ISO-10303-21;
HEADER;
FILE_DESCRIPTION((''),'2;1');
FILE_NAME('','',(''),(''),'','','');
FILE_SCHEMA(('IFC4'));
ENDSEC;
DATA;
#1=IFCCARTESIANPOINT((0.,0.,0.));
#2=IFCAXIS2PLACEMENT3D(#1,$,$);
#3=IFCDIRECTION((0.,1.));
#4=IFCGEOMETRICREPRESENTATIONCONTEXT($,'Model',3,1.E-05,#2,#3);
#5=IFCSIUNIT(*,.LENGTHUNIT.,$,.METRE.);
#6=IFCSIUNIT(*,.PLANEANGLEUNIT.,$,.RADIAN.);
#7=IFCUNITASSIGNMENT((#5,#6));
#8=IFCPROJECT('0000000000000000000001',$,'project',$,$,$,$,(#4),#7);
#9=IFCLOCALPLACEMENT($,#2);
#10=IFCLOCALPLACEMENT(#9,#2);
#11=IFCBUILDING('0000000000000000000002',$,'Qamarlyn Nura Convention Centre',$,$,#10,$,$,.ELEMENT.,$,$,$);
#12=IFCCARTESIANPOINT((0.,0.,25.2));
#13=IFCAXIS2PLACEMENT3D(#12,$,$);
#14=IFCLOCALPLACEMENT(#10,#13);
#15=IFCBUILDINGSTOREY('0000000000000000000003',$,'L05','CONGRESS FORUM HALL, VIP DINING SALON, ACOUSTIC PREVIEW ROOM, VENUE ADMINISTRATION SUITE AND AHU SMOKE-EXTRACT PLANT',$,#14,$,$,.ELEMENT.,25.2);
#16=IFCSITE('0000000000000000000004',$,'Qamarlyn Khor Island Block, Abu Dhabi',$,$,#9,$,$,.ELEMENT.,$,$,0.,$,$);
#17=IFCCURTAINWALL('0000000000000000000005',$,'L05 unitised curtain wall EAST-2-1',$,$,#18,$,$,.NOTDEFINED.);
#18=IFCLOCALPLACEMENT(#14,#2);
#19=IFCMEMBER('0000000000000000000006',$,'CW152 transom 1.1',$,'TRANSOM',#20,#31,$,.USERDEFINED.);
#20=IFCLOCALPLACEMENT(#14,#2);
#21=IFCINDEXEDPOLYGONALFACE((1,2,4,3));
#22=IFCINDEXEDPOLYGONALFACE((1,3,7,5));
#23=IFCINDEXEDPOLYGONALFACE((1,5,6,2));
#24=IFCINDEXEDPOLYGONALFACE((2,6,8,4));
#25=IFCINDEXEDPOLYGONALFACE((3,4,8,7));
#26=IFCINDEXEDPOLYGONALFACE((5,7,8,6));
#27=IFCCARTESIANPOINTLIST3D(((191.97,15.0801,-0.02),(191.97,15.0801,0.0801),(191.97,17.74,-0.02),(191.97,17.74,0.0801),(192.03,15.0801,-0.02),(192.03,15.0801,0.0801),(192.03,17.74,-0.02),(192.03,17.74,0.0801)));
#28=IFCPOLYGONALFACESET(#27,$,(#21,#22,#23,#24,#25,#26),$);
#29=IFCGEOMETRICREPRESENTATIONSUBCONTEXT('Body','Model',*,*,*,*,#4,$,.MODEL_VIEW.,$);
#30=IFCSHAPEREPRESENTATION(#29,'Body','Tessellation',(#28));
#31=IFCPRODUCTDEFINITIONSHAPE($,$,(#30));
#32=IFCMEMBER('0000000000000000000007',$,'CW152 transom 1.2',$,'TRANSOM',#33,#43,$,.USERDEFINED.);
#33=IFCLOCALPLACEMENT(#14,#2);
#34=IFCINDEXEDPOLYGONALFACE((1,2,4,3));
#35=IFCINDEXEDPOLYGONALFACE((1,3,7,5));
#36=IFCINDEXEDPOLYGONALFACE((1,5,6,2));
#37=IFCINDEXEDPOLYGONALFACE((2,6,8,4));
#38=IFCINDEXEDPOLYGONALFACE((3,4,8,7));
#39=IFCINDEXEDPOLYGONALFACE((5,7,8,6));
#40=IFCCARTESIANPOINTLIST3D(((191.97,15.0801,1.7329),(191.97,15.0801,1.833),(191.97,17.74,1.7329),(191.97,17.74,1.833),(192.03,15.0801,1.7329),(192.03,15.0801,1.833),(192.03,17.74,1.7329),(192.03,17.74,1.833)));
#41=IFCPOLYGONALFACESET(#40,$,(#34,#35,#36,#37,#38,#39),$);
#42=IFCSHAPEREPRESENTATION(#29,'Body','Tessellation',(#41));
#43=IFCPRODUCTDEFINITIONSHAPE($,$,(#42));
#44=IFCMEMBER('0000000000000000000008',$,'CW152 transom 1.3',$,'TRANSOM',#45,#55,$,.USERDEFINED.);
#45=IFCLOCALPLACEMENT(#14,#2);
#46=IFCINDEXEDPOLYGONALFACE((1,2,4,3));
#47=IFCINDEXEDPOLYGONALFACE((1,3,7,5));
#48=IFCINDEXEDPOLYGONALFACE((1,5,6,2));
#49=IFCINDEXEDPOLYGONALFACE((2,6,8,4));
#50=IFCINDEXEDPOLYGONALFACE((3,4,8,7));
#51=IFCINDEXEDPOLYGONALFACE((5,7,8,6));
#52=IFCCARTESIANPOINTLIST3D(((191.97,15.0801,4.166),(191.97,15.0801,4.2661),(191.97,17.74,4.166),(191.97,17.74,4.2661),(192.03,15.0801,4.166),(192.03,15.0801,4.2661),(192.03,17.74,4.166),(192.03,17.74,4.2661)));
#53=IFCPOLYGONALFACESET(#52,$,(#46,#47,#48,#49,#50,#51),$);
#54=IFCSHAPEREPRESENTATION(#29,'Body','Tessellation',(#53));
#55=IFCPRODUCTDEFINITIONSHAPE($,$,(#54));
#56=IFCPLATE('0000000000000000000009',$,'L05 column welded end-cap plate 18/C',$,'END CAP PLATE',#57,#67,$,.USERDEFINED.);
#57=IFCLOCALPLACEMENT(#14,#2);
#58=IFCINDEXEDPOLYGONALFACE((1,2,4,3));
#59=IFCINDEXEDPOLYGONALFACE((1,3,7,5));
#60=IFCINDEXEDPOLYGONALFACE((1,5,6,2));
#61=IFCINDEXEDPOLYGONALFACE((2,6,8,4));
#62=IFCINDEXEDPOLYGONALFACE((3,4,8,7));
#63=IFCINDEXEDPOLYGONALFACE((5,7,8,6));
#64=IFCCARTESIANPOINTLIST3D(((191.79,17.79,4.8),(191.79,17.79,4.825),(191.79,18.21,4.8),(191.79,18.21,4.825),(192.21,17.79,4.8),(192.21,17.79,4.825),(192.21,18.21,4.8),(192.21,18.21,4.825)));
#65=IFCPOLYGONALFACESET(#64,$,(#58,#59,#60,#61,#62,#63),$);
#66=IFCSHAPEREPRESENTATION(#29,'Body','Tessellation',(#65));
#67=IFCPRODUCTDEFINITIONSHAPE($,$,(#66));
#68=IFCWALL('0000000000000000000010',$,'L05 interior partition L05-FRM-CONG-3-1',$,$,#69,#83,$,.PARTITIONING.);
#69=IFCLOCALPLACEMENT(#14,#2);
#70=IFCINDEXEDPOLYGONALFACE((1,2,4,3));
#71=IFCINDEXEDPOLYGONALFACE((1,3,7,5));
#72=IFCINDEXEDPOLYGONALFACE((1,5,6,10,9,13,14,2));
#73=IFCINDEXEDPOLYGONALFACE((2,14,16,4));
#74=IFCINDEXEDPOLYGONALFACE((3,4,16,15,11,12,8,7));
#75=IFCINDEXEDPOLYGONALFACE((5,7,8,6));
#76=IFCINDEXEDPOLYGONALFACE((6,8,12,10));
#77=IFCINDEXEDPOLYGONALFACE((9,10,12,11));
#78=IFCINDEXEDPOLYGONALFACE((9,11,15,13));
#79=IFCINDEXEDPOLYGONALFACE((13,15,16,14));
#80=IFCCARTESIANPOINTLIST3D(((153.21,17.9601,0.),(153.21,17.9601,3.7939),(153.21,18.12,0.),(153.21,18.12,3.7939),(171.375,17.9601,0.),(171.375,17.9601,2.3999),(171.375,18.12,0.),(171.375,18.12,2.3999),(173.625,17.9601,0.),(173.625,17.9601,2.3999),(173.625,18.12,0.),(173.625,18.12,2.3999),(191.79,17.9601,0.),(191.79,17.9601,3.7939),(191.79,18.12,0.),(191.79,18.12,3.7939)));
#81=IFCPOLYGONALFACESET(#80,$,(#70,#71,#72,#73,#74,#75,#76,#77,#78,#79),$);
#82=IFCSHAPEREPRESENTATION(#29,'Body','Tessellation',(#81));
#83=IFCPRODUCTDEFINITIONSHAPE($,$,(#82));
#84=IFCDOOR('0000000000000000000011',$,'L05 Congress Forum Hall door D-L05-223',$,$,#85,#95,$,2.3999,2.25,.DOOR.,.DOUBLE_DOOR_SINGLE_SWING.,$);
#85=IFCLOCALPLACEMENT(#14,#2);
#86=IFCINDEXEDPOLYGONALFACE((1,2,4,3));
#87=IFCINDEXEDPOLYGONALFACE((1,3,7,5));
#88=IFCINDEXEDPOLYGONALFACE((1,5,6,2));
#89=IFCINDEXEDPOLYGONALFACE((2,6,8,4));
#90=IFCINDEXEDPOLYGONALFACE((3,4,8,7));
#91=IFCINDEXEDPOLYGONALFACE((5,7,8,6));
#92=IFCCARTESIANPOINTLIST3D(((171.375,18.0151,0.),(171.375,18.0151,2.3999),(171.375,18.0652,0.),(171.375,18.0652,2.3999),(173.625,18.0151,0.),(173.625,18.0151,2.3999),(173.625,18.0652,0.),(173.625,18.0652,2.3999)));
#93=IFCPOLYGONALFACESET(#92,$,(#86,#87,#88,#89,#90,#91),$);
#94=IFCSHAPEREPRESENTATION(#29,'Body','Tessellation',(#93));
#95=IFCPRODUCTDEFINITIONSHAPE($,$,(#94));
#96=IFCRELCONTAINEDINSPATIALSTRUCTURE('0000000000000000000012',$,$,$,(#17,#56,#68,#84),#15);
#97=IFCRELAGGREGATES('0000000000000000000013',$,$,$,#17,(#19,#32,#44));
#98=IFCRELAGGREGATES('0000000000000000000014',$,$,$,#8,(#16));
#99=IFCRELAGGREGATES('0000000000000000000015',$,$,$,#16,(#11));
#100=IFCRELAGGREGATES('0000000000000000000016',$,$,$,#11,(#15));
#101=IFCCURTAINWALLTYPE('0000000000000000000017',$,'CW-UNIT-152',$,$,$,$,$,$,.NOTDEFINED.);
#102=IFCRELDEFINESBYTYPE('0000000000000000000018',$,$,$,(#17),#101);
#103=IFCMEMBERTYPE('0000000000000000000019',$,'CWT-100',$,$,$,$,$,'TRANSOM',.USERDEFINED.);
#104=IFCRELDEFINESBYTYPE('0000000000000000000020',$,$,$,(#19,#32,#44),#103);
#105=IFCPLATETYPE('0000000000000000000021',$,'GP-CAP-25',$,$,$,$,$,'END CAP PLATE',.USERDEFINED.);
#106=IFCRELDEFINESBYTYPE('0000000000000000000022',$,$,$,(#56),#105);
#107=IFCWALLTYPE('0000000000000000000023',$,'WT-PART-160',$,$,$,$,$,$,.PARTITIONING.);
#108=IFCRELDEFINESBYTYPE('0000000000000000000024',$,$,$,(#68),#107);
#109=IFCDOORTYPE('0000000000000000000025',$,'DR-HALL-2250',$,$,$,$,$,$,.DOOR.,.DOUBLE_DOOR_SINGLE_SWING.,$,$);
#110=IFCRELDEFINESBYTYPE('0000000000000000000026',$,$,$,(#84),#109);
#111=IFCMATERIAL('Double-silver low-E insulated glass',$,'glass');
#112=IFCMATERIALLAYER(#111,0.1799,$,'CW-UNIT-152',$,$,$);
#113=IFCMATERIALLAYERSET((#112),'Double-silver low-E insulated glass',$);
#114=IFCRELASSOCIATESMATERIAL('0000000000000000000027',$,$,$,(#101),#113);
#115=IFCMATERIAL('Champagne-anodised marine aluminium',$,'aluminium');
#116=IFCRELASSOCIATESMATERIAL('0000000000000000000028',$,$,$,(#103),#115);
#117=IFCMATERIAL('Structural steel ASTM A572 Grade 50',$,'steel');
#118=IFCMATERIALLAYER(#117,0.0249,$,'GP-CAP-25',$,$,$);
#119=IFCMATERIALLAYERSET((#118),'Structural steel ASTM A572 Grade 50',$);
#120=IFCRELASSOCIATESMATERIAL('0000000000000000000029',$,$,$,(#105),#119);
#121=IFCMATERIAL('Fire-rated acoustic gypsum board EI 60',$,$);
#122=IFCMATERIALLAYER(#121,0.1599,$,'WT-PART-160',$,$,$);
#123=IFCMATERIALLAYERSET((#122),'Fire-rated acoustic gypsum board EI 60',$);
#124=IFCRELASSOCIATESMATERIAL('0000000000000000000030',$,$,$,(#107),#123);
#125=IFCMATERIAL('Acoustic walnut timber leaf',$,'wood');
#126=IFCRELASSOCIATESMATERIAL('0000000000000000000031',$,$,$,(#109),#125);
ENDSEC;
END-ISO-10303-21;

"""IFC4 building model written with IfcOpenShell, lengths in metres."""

from ifc_helpers import new_model, si_unit, direction, frame, frame_2d, origin, origin_2d, place, context, subcontext, project, spatial, rectangle, extrude, material, layer, layer_set, material_profile, profile_set, type_object, element, fill, aggregate, save


model = new_model("IFC4")

# Units and contexts
model_context = context("Model", 3, precision=1e-05, world=origin(), true_north=direction((0.0, 1.0)))
body_context = subcontext(model_context, "Body", "Model", "MODEL_VIEW")
ifc_project = project(units=[si_unit("LENGTHUNIT", "METRE"), si_unit("PLANEANGLEUNIT", "RADIAN")], contexts=[model_context])

# Site, building, storey
site_placement = place(None, origin())
site = spatial("IfcSite", under=ifc_project, at=site_placement, Name="Qamarlyn Khor Island Block, Abu Dhabi", CompositionType="ELEMENT", RefElevation=0.0)
building_placement = place(site_placement, origin())
building = spatial("IfcBuilding", under=site, at=building_placement, Name="Qamarlyn Nura Convention Centre", CompositionType="ELEMENT")
storey_placement = place(building_placement, frame((0.0, 0.0, 25.2)))
storey = spatial("IfcBuildingStorey", under=building, at=storey_placement, Name="L05", Description="CONGRESS FORUM HALL, VIP DINING SALON, ACOUSTIC PREVIEW ROOM, VENUE ADMINISTRATION SUITE AND AHU SMOKE-EXTRACT PLANT", CompositionType="ELEMENT", Elevation=25.2)

# Curtain wall, members
ifc_material_1 = material(Name="Double-silver low-E insulated glass", Category="glass")
ifc_layer_1 = layer(ifc_material_1, 0.1799, Name="CW-UNIT-152")
ifc_layer_set_1 = layer_set([ifc_layer_1], Name="Double-silver low-E insulated glass")
curtain_wall_type = type_object("IfcCurtainWallType", Name="CW-UNIT-152", PredefinedType="NOTDEFINED", material=ifc_layer_set_1)
curtain_wall_placement = place(storey_placement, origin())
curtain_wall = element("IfcCurtainWall", 1, at=curtain_wall_placement, inside=storey, type_object=curtain_wall_type, Name="L05 unitised curtain wall EAST-2-1", PredefinedType="NOTDEFINED")
ifc_material_2 = material(Name="Champagne-anodised marine aluminium", Category="aluminium")
ifc_material_profile_1 = material_profile(ifc_material_2, rectangle(XDim=0.0601, YDim=0.1001, at=origin_2d()), Name="ALU TRANSOM 60x100")
ifc_profile_set_1 = profile_set([ifc_material_profile_1], Name="Champagne-anodised marine aluminium")
member_type_1 = type_object("IfcMemberType", Name="CWT-100", ElementType="TRANSOM", PredefinedType="USERDEFINED", material=ifc_profile_set_1)
member_1_placement = place(storey_placement, frame((192.0, 17.74, 0.03), z_axis=(0.0, -1.0, 0.0), x_axis=(1.0, 0.0, 0.0)))
member_1 = element("IfcMember", 2, at=member_1_placement, type_object=member_type_1, Name="CW152 transom 1.1", ObjectType="TRANSOM", PredefinedType="USERDEFINED", context=body_context, shape_type="SweptSolid", body=[
    extrude(rectangle(XDim=0.0601, YDim=0.1001, at=origin_2d()), origin(), (0.0, 0.0, 1.0), 2.6599),
])
member_2_placement = place(storey_placement, frame((192.0, 17.74, 1.783), z_axis=(0.0, -1.0, 0.0), x_axis=(1.0, 0.0, 0.0)))
member_2 = element("IfcMember", 3, at=member_2_placement, type_object=member_type_1, Name="CW152 transom 1.2", ObjectType="TRANSOM", PredefinedType="USERDEFINED", context=body_context, shape_type="SweptSolid", body=[
    extrude(rectangle(XDim=0.0601, YDim=0.1001, at=origin_2d()), origin(), (0.0, 0.0, 1.0), 2.6599),
])
member_3_placement = place(storey_placement, frame((192.0, 17.74, 4.2161), z_axis=(0.0, -1.0, 0.0), x_axis=(1.0, 0.0, 0.0)))
member_3 = element("IfcMember", 4, at=member_3_placement, type_object=member_type_1, Name="CW152 transom 1.3", ObjectType="TRANSOM", PredefinedType="USERDEFINED", context=body_context, shape_type="SweptSolid", body=[
    extrude(rectangle(XDim=0.0601, YDim=0.1001, at=origin_2d()), origin(), (0.0, 0.0, 1.0), 2.6599),
])
aggregate(curtain_wall, [member_1, member_2, member_3])

# Plate
ifc_material_3 = material(Name="Structural steel ASTM A572 Grade 50", Category="steel")
ifc_layer_2 = layer(ifc_material_3, 0.0249, Name="GP-CAP-25")
ifc_layer_set_2 = layer_set([ifc_layer_2], Name="Structural steel ASTM A572 Grade 50")
plate_type = type_object("IfcPlateType", Name="GP-CAP-25", ElementType="END CAP PLATE", PredefinedType="USERDEFINED", material=ifc_layer_set_2)
plate_placement = place(storey_placement, frame((192.0, 18.0, 4.8), z_axis=(0.0, 0.0, 1.0), x_axis=(1.0, 0.0, 0.0)))
element("IfcPlate", 5, at=plate_placement, inside=storey, type_object=plate_type, Name="L05 column welded end-cap plate 18/C", ObjectType="END CAP PLATE", PredefinedType="USERDEFINED", context=body_context, shape_type="SweptSolid", body=[
    extrude(rectangle(XDim=0.4199, YDim=0.4199, at=origin_2d()), origin(), (0.0, 0.0, 1.0), 0.0249),
])

# Wall, opening, door
ifc_material_4 = material(Name="Fire-rated acoustic gypsum board EI 60")
ifc_layer_3 = layer(ifc_material_4, 0.1599, Name="WT-PART-160")
ifc_layer_set_3 = layer_set([ifc_layer_3], Name="Fire-rated acoustic gypsum board EI 60")
wall_type = type_object("IfcWallType", Name="WT-PART-160", PredefinedType="PARTITIONING", material=ifc_layer_set_3)
wall_placement = place(storey_placement, frame((191.79, 18.04, 0.0), z_axis=(0.0, 0.0, 1.0), x_axis=(-1.0, 0.0, 0.0)))
wall = element("IfcWall", 6, at=wall_placement, inside=storey, type_object=wall_type, Name="L05 interior partition L05-FRM-CONG-3-1", PredefinedType="PARTITIONING", context=body_context, shape_type="SweptSolid", body=[
    extrude(rectangle(XDim=38.5801, YDim=0.1599, at=frame_2d((19.29, 0.0))), origin(), (0.0, 0.0, 1.0), 3.7939),
])
opening_placement = place(wall_placement, frame((18.165, 0.0, 0.0)))
opening = element("IfcOpeningElement", 7, at=opening_placement, cuts=wall, PredefinedType="OPENING", context=body_context, shape_type="SweptSolid", body=[
    extrude(rectangle(XDim=2.25, YDim=2.3999, at=frame_2d((1.125, 1.2))), frame((0.0, 0.0898, 0.0), z_axis=(0.0, -1.0, 0.0), x_axis=(1.0, 0.0, 0.0)), (0.0, 0.0, 1.0), 0.1799),
])
ifc_material_5 = material(Name="Acoustic walnut timber leaf", Category="wood")
door_type = type_object("IfcDoorType", Name="DR-HALL-2250", OperationType="DOUBLE_DOOR_SINGLE_SWING", PredefinedType="DOOR", material=ifc_material_5)
door_placement = place(opening_placement, origin())
door = element("IfcDoor", 8, at=door_placement, inside=storey, type_object=door_type, Name="L05 Congress Forum Hall door D-L05-223", OperationType="DOUBLE_DOOR_SINGLE_SWING", OverallHeight=2.3999, OverallWidth=2.25, PredefinedType="DOOR", context=body_context, shape_type="SweptSolid", body=[
    extrude(rectangle(XDim=2.25, YDim=2.3999, at=frame_2d((1.125, 1.2))), frame((0.0, 0.0249, 0.0), z_axis=(0.0, -1.0, 0.0), x_axis=(1.0, 0.0, 0.0)), (0.0, 0.0, 1.0), 0.05),
])
fill(opening, door)

save(model, "model.ifc")
